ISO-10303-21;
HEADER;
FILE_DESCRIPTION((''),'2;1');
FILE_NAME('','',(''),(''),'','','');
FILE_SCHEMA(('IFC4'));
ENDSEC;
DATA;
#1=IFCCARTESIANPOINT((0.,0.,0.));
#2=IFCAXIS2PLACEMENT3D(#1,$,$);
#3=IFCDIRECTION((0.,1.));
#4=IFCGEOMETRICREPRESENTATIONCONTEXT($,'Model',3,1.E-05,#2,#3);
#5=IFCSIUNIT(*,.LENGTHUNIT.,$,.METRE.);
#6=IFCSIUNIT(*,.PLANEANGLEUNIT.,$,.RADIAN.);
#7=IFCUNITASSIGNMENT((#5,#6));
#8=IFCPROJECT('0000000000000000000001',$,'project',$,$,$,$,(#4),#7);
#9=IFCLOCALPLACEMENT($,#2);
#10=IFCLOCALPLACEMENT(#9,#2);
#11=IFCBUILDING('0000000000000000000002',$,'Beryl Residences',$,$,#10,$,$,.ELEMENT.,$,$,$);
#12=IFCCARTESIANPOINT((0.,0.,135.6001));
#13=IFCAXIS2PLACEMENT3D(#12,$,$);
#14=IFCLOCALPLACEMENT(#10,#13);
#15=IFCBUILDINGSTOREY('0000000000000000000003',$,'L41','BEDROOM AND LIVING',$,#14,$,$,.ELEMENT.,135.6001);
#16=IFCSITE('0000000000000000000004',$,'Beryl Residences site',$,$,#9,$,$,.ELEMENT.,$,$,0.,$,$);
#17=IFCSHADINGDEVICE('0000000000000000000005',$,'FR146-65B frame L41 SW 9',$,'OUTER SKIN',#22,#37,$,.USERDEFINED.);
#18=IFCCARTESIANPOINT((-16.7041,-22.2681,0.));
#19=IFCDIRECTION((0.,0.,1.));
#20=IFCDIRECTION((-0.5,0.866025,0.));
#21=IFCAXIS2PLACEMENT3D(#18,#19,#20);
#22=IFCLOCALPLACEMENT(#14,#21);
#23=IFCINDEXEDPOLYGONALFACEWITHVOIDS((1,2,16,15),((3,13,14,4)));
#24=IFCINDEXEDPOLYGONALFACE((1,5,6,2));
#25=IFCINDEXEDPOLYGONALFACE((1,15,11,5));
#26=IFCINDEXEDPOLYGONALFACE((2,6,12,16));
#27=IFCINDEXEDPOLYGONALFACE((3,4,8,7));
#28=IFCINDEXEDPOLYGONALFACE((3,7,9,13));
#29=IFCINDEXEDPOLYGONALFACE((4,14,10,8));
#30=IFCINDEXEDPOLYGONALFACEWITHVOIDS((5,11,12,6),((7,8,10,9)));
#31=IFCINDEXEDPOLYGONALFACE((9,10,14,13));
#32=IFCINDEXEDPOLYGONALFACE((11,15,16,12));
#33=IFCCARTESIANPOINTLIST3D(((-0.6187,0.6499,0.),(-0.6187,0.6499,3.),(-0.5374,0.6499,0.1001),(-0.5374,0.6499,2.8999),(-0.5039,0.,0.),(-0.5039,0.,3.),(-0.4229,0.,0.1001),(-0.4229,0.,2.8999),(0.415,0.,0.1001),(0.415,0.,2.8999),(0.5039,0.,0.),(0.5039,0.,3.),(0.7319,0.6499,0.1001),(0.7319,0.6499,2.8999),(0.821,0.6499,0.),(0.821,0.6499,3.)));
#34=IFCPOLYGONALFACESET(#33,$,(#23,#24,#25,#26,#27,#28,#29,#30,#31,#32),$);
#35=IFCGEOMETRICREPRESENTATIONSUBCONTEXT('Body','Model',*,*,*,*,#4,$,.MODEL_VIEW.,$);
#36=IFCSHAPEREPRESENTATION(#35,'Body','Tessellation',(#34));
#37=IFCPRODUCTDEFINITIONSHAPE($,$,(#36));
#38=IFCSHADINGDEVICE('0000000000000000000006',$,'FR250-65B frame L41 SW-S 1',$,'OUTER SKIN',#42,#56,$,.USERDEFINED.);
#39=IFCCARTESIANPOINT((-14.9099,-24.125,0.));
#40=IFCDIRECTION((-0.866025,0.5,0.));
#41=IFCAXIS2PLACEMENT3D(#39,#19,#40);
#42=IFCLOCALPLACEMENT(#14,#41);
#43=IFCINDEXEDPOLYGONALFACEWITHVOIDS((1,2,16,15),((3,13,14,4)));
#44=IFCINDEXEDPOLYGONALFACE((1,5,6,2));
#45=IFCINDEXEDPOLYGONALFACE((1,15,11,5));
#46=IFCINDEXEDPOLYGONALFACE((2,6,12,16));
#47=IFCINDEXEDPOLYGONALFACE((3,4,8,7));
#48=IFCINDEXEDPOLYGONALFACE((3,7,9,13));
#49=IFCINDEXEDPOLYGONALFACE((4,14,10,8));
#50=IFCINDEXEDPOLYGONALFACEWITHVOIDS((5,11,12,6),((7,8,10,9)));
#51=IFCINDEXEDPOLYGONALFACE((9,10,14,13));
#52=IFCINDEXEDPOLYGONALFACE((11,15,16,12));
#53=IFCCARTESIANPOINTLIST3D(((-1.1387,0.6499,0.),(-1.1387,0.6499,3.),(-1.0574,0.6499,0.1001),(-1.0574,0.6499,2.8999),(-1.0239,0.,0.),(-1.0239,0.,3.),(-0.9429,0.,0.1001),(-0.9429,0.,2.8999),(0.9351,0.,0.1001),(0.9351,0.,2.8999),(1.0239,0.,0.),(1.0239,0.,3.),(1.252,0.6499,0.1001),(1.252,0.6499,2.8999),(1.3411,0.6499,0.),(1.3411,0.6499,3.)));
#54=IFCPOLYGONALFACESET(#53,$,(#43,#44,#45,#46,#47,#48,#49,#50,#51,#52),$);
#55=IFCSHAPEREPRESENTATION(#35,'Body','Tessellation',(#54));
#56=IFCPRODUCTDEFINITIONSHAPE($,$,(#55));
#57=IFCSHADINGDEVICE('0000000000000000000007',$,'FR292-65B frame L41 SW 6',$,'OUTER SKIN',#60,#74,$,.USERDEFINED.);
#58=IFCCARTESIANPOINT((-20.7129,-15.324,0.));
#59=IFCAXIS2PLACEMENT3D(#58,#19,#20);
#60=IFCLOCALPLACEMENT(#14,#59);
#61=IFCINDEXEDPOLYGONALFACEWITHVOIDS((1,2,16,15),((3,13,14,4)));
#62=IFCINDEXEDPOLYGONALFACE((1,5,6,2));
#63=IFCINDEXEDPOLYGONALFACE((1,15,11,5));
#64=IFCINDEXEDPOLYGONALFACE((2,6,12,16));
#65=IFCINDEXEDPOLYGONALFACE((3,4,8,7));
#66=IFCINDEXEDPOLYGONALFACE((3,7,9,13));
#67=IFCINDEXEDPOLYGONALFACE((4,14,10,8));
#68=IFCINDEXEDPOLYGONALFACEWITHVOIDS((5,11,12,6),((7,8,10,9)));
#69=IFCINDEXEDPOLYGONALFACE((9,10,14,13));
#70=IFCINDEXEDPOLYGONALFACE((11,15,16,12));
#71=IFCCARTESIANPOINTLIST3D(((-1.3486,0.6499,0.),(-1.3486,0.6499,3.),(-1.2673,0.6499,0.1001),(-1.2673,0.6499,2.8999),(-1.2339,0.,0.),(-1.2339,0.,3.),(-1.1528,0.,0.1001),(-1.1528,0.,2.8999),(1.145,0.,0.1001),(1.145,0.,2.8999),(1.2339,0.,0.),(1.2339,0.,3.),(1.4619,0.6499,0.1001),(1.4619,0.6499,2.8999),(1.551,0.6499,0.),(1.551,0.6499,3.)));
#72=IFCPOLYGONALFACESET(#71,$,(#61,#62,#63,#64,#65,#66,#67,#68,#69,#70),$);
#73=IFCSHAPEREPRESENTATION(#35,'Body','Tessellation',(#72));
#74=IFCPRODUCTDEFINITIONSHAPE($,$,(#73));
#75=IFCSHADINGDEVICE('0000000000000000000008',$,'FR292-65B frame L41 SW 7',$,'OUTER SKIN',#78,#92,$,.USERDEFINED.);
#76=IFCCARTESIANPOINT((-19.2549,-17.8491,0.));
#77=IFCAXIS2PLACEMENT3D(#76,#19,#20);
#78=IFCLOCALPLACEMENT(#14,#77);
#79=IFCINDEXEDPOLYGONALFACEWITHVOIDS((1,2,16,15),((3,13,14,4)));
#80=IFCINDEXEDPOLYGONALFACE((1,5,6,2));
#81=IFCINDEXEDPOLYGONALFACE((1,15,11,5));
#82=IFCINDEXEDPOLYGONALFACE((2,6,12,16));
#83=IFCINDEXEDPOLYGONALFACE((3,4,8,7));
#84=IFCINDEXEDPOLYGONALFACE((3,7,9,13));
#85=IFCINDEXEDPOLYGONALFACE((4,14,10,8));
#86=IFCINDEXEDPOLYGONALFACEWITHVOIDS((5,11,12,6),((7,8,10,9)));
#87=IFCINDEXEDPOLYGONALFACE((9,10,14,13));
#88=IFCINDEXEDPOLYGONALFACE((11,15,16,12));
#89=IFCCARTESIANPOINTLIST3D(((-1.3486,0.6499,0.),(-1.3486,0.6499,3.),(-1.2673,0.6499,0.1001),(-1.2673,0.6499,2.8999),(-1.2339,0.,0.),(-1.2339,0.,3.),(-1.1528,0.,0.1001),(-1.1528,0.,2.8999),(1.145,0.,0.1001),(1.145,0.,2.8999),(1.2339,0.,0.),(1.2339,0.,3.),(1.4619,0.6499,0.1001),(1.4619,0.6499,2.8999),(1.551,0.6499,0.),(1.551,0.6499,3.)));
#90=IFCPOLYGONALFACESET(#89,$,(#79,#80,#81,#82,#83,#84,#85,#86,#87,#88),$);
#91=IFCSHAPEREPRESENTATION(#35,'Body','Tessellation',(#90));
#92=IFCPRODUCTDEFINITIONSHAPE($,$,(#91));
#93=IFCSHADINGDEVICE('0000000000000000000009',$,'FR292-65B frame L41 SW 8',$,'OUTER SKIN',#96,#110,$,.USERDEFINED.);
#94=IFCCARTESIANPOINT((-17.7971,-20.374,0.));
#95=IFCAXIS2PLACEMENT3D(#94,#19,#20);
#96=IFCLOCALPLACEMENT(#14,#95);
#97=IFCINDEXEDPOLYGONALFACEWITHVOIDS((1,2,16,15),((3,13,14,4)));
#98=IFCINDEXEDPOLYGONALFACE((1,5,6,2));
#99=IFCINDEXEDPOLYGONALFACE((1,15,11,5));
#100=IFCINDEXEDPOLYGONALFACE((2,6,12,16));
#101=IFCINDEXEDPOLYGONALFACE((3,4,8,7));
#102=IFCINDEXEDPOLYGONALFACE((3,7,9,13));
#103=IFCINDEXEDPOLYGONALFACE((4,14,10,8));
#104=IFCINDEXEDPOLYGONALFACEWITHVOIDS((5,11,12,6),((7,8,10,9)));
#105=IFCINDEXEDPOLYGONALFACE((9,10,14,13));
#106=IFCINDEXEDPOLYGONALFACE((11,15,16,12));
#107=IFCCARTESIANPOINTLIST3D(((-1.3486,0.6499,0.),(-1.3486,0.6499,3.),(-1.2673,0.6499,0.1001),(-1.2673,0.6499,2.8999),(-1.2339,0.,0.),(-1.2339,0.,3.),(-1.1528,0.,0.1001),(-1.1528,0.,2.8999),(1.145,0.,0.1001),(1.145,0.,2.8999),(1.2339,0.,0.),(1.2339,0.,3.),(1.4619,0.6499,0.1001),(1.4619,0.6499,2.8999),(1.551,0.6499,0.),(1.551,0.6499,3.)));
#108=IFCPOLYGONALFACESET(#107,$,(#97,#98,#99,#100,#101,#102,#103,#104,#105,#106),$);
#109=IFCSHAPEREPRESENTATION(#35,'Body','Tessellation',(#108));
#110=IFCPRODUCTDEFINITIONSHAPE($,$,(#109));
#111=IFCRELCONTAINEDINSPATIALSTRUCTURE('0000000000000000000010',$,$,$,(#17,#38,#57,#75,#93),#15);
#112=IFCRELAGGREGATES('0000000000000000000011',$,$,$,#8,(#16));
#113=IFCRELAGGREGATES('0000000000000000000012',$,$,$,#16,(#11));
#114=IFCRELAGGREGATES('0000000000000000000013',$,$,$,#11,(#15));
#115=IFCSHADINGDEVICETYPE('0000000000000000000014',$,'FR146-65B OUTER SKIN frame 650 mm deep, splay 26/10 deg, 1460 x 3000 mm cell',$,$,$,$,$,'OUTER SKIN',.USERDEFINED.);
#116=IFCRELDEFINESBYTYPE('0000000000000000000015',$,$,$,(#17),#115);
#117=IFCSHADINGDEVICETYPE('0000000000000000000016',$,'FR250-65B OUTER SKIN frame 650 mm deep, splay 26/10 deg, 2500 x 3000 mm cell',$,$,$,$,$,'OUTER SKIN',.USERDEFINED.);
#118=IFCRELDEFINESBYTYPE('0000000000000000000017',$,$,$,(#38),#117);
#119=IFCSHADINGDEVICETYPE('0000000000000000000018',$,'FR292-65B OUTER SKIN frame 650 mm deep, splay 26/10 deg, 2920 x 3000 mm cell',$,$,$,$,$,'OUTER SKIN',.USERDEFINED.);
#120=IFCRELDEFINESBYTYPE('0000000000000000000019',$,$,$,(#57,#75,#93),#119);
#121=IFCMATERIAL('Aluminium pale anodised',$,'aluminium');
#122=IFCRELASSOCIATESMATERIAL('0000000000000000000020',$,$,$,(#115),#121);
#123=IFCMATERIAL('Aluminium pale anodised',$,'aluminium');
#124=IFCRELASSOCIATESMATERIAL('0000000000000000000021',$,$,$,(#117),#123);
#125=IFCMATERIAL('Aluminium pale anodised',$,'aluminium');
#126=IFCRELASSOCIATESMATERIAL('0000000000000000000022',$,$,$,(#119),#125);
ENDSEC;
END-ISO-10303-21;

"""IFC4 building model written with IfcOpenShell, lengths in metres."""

from ifc_helpers import new_model, entity, si_unit, direction, frame, origin, place, context, subcontext, project, spatial, source, transform, mapped, material, type_object, type_shapes, element, save


model = new_model("IFC4")

# Units and contexts
model_context = context("Model", 3, precision=1e-05, world=origin(), true_north=direction((0.0, 1.0)))
body_context = subcontext(model_context, "Body", "Model", "MODEL_VIEW")
ifc_project = project(units=[si_unit("LENGTHUNIT", "METRE"), si_unit("PLANEANGLEUNIT", "RADIAN")], contexts=[model_context])

# Site, building, storey
site_placement = place(None, origin())
site = spatial("IfcSite", under=ifc_project, at=site_placement, Name="Beryl Residences site", CompositionType="ELEMENT", RefElevation=0.0)
building_placement = place(site_placement, origin())
building = spatial("IfcBuilding", under=site, at=building_placement, Name="Beryl Residences", CompositionType="ELEMENT")
storey_placement = place(building_placement, frame((0.0, 0.0, 135.6001)))
storey = spatial("IfcBuildingStorey", under=building, at=storey_placement, Name="L41", Description="BEDROOM AND LIVING", CompositionType="ELEMENT", Elevation=135.6001)

# Shading devices
ifc_material_1 = material(Name="Aluminium pale anodised", Category="aluminium")
shading_device_type_1 = type_object("IfcShadingDeviceType", Name="FR146-65B OUTER SKIN frame 650 mm deep, splay 26/10 deg, 1460 x 3000 mm cell", ElementType="OUTER SKIN", PredefinedType="USERDEFINED", material=ifc_material_1)
cartesian_point_1 = entity("IfcCartesianPoint", [-0.5039, 0.0])
cartesian_point_2 = entity("IfcCartesianPoint", [-0.415, 0.1001])
cartesian_point_3 = entity("IfcCartesianPoint", [-0.821, 0.0])
cartesian_point_4 = entity("IfcCartesianPoint", [-0.7319, 0.1001])
shared_shape_1 = source(origin(), body_context, "Body", "SweptSolid", [
    entity("IfcExtrudedAreaSolidTapered", entity("IfcArbitraryProfileDefWithVoids", "AREA", None, entity("IfcPolyline", [cartesian_point_1, entity("IfcCartesianPoint", [0.5039, 0.0]), entity("IfcCartesianPoint", [0.5039, 3.0]), entity("IfcCartesianPoint", [-0.5039, 3.0]), cartesian_point_1]), [entity("IfcPolyline", [cartesian_point_2, entity("IfcCartesianPoint", [0.4229, 0.1001]), entity("IfcCartesianPoint", [0.4229, 2.8999]), entity("IfcCartesianPoint", [-0.415, 2.8999]), cartesian_point_2])]), entity("IfcAxis2Placement3D", entity("IfcCartesianPoint", [0.0, 0.0, 0.0]), entity("IfcDirection", [0.0, 1.0, 0.0]), entity("IfcDirection", [-1.0, 0.0, 0.0])), entity("IfcDirection", [0.0, 0.0, 1.0]), 0.6499, entity("IfcArbitraryProfileDefWithVoids", "AREA", None, entity("IfcPolyline", [cartesian_point_3, entity("IfcCartesianPoint", [0.6187, 0.0]), entity("IfcCartesianPoint", [0.6187, 3.0]), entity("IfcCartesianPoint", [-0.821, 3.0]), cartesian_point_3]), [entity("IfcPolyline", [cartesian_point_4, entity("IfcCartesianPoint", [0.5374, 0.1001]), entity("IfcCartesianPoint", [0.5374, 2.8999]), entity("IfcCartesianPoint", [-0.7319, 2.8999]), cartesian_point_4])])),
])
type_shapes(shading_device_type_1, [shared_shape_1])
shading_device_1_placement = place(storey_placement, frame((-16.7041, -22.2681, 0.0), z_axis=(0.0, 0.0, 1.0), x_axis=(-0.5, 0.866025, 0.0)))
element("IfcShadingDevice", 1, at=shading_device_1_placement, inside=storey, type_object=shading_device_type_1, Name="FR146-65B frame L41 SW 9", ObjectType="OUTER SKIN", PredefinedType="USERDEFINED", context=body_context, shape_type="MappedRepresentation", body=[
    mapped(shared_shape_1, transform((0.0, 0.0, 0.0))),
])
ifc_material_2 = material(Name="Aluminium pale anodised", Category="aluminium")
shading_device_type_2 = type_object("IfcShadingDeviceType", Name="FR250-65B OUTER SKIN frame 650 mm deep, splay 26/10 deg, 2500 x 3000 mm cell", ElementType="OUTER SKIN", PredefinedType="USERDEFINED", material=ifc_material_2)
cartesian_point_5 = entity("IfcCartesianPoint", [-1.0239, 0.0])
cartesian_point_6 = entity("IfcCartesianPoint", [-0.9351, 0.1001])
cartesian_point_7 = entity("IfcCartesianPoint", [-1.3411, 0.0])
cartesian_point_8 = entity("IfcCartesianPoint", [-1.252, 0.1001])
shared_shape_2 = source(origin(), body_context, "Body", "SweptSolid", [
    entity("IfcExtrudedAreaSolidTapered", entity("IfcArbitraryProfileDefWithVoids", "AREA", None, entity("IfcPolyline", [cartesian_point_5, entity("IfcCartesianPoint", [1.0239, 0.0]), entity("IfcCartesianPoint", [1.0239, 3.0]), entity("IfcCartesianPoint", [-1.0239, 3.0]), cartesian_point_5]), [entity("IfcPolyline", [cartesian_point_6, entity("IfcCartesianPoint", [0.9429, 0.1001]), entity("IfcCartesianPoint", [0.9429, 2.8999]), entity("IfcCartesianPoint", [-0.9351, 2.8999]), cartesian_point_6])]), entity("IfcAxis2Placement3D", entity("IfcCartesianPoint", [0.0, 0.0, 0.0]), entity("IfcDirection", [0.0, 1.0, 0.0]), entity("IfcDirection", [-1.0, 0.0, 0.0])), entity("IfcDirection", [0.0, 0.0, 1.0]), 0.6499, entity("IfcArbitraryProfileDefWithVoids", "AREA", None, entity("IfcPolyline", [cartesian_point_7, entity("IfcCartesianPoint", [1.1387, 0.0]), entity("IfcCartesianPoint", [1.1387, 3.0]), entity("IfcCartesianPoint", [-1.3411, 3.0]), cartesian_point_7]), [entity("IfcPolyline", [cartesian_point_8, entity("IfcCartesianPoint", [1.0574, 0.1001]), entity("IfcCartesianPoint", [1.0574, 2.8999]), entity("IfcCartesianPoint", [-1.252, 2.8999]), cartesian_point_8])])),
])
type_shapes(shading_device_type_2, [shared_shape_2])
shading_device_2_placement = place(storey_placement, frame((-14.9099, -24.125, 0.0), z_axis=(0.0, 0.0, 1.0), x_axis=(-0.866025, 0.5, 0.0)))
element("IfcShadingDevice", 2, at=shading_device_2_placement, inside=storey, type_object=shading_device_type_2, Name="FR250-65B frame L41 SW-S 1", ObjectType="OUTER SKIN", PredefinedType="USERDEFINED", context=body_context, shape_type="MappedRepresentation", body=[
    mapped(shared_shape_2, transform((0.0, 0.0, 0.0))),
])
ifc_material_3 = material(Name="Aluminium pale anodised", Category="aluminium")
shading_device_type_3 = type_object("IfcShadingDeviceType", Name="FR292-65B OUTER SKIN frame 650 mm deep, splay 26/10 deg, 2920 x 3000 mm cell", ElementType="OUTER SKIN", PredefinedType="USERDEFINED", material=ifc_material_3)
cartesian_point_9 = entity("IfcCartesianPoint", [-1.2339, 0.0])
cartesian_point_10 = entity("IfcCartesianPoint", [-1.145, 0.1001])
cartesian_point_11 = entity("IfcCartesianPoint", [-1.551, 0.0])
cartesian_point_12 = entity("IfcCartesianPoint", [-1.4619, 0.1001])
shared_shape_3 = source(origin(), body_context, "Body", "SweptSolid", [
    entity("IfcExtrudedAreaSolidTapered", entity("IfcArbitraryProfileDefWithVoids", "AREA", None, entity("IfcPolyline", [cartesian_point_9, entity("IfcCartesianPoint", [1.2339, 0.0]), entity("IfcCartesianPoint", [1.2339, 3.0]), entity("IfcCartesianPoint", [-1.2339, 3.0]), cartesian_point_9]), [entity("IfcPolyline", [cartesian_point_10, entity("IfcCartesianPoint", [1.1528, 0.1001]), entity("IfcCartesianPoint", [1.1528, 2.8999]), entity("IfcCartesianPoint", [-1.145, 2.8999]), cartesian_point_10])]), entity("IfcAxis2Placement3D", entity("IfcCartesianPoint", [0.0, 0.0, 0.0]), entity("IfcDirection", [0.0, 1.0, 0.0]), entity("IfcDirection", [-1.0, 0.0, 0.0])), entity("IfcDirection", [0.0, 0.0, 1.0]), 0.6499, entity("IfcArbitraryProfileDefWithVoids", "AREA", None, entity("IfcPolyline", [cartesian_point_11, entity("IfcCartesianPoint", [1.3486, 0.0]), entity("IfcCartesianPoint", [1.3486, 3.0]), entity("IfcCartesianPoint", [-1.551, 3.0]), cartesian_point_11]), [entity("IfcPolyline", [cartesian_point_12, entity("IfcCartesianPoint", [1.2673, 0.1001]), entity("IfcCartesianPoint", [1.2673, 2.8999]), entity("IfcCartesianPoint", [-1.4619, 2.8999]), cartesian_point_12])])),
])
type_shapes(shading_device_type_3, [shared_shape_3])
for number, where, z_axis, x_axis, name in (
    (3, (-20.7129, -15.324, 0.0), (0.0, 0.0, 1.0), (-0.5, 0.866025, 0.0), "FR292-65B frame L41 SW 6"),
    (4, (-19.2549, -17.8491, 0.0), (0.0, 0.0, 1.0), (-0.5, 0.866025, 0.0), "FR292-65B frame L41 SW 7"),
    (5, (-17.7971, -20.374, 0.0), (0.0, 0.0, 1.0), (-0.5, 0.866025, 0.0), "FR292-65B frame L41 SW 8"),
):
    element("IfcShadingDevice", number, at=place(storey_placement, frame(where, z_axis=z_axis, x_axis=x_axis)), inside=storey, type_object=shading_device_type_3, Name=name, ObjectType="OUTER SKIN", PredefinedType="USERDEFINED", context=body_context, shape_type="MappedRepresentation", body=[
        mapped(shared_shape_3, transform((0.0, 0.0, 0.0))),
    ])

save(model, "model.ifc")
